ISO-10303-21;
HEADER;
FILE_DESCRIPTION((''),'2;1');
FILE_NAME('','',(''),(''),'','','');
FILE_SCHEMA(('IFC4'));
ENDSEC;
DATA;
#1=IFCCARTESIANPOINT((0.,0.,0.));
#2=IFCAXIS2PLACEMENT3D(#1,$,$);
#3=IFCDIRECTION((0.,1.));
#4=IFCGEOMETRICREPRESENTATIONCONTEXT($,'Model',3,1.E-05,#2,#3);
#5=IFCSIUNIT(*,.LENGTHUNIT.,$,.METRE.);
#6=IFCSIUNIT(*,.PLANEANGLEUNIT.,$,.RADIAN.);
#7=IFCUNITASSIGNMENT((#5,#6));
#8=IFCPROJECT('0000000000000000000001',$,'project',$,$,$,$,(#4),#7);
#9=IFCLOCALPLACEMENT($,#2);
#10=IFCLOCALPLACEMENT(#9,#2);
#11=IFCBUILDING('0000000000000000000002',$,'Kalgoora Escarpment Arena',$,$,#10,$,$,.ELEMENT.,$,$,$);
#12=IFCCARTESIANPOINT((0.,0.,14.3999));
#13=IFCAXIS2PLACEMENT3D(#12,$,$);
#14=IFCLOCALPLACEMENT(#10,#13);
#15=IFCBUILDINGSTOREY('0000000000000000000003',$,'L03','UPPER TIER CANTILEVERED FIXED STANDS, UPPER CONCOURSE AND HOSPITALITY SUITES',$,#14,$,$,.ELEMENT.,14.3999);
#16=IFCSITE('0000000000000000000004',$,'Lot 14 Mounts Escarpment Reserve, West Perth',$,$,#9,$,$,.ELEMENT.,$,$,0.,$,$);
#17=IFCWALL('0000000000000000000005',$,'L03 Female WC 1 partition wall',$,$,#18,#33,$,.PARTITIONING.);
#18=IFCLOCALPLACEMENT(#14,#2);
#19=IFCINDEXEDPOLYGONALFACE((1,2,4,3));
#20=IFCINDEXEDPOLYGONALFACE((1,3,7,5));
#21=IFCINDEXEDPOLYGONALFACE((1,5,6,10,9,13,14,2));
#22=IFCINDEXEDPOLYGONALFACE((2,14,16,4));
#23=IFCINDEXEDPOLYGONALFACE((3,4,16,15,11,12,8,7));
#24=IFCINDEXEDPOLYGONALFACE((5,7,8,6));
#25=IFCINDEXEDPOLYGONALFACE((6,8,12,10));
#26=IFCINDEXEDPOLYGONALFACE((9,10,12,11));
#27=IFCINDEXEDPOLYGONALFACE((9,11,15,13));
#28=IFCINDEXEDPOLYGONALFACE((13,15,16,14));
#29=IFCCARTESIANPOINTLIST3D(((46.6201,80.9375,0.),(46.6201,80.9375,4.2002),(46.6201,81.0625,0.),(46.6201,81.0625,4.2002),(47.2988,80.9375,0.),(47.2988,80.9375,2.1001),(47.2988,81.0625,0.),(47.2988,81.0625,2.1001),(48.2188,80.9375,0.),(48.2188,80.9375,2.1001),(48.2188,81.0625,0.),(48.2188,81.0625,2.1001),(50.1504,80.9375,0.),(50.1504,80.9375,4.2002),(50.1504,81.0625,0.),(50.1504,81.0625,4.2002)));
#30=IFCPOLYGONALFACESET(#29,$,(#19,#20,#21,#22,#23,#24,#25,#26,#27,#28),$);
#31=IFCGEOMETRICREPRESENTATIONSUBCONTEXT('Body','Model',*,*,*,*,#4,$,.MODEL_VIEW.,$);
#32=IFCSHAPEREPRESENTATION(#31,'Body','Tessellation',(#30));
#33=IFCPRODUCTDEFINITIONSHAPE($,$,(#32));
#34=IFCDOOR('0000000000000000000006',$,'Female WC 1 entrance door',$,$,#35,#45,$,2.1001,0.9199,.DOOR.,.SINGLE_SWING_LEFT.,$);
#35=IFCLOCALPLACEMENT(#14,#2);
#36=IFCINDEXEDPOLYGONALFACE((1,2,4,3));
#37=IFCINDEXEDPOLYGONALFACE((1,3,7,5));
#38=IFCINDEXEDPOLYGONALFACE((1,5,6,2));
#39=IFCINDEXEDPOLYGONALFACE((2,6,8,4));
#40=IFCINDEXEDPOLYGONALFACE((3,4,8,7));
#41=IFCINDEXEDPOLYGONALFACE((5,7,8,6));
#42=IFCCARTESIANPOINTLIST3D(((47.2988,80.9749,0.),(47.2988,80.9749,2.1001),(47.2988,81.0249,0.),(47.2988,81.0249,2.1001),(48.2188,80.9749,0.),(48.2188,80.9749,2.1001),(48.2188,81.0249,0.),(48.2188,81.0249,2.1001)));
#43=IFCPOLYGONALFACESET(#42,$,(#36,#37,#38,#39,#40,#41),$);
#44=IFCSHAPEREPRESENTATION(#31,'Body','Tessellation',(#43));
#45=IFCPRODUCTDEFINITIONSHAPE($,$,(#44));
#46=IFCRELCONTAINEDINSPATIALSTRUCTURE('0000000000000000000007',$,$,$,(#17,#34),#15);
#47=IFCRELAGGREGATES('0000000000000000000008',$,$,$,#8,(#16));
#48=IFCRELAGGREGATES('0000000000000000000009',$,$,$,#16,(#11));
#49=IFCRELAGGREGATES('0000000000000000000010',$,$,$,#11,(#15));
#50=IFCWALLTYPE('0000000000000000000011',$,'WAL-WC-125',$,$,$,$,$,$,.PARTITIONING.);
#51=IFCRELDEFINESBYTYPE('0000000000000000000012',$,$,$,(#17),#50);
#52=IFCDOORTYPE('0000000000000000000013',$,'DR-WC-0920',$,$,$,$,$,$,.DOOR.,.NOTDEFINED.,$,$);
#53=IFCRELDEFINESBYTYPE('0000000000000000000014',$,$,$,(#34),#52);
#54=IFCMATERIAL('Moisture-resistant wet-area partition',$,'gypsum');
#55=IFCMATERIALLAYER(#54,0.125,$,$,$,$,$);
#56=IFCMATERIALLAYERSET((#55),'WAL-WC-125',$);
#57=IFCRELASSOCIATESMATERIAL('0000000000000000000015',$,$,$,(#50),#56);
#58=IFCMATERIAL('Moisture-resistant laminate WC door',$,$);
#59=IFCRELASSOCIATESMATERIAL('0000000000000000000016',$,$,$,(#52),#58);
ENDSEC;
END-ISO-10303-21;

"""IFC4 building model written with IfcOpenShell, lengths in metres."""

from ifc_helpers import new_model, si_unit, direction, frame, frame_2d, origin, place, context, subcontext, project, spatial, rectangle, extrude, material, layer, layer_set, type_object, element, fill, save


model = new_model("IFC4")

# Units and contexts
model_context = context("Model", 3, precision=1e-05, world=origin(), true_north=direction((0.0, 1.0)))
body_context = subcontext(model_context, "Body", "Model", "MODEL_VIEW")
ifc_project = project(units=[si_unit("LENGTHUNIT", "METRE"), si_unit("PLANEANGLEUNIT", "RADIAN")], contexts=[model_context])

# Site, building, storey
site_placement = place(None, origin())
site = spatial("IfcSite", under=ifc_project, at=site_placement, Name="Lot 14 Mounts Escarpment Reserve, West Perth", CompositionType="ELEMENT", RefElevation=0.0)
building_placement = place(site_placement, origin())
building = spatial("IfcBuilding", under=site, at=building_placement, Name="Kalgoora Escarpment Arena", CompositionType="ELEMENT")
storey_placement = place(building_placement, frame((0.0, 0.0, 14.3999)))
storey = spatial("IfcBuildingStorey", under=building, at=storey_placement, Name="L03", Description="UPPER TIER CANTILEVERED FIXED STANDS, UPPER CONCOURSE AND HOSPITALITY SUITES", CompositionType="ELEMENT", Elevation=14.3999)

# Shared definitions
ifc_material_1 = material(Name="Moisture-resistant wet-area partition", Category="gypsum")
ifc_layer_1 = layer(ifc_material_1, 0.125)
ifc_layer_set_1 = layer_set([ifc_layer_1], Name="WAL-WC-125")
wall_type_1 = type_object("IfcWallType", Name="WAL-WC-125", PredefinedType="PARTITIONING", material=ifc_layer_set_1)

# Wall, opening, door
wall_1_placement = place(storey_placement, frame((46.6201, 81.0, 0.0), z_axis=(0.0, 0.0, 1.0), x_axis=(1.0, 0.0, 0.0)))
wall_1 = element("IfcWall", 1, at=wall_1_placement, inside=storey, type_object=wall_type_1, Name="L03 Female WC 1 partition wall", PredefinedType="PARTITIONING", context=body_context, shape_type="SweptSolid", body=[
    extrude(rectangle(XDim=3.5303, YDim=0.125, at=frame_2d((1.7651, 0.0))), origin(), (0.0, 0.0, 1.0), 4.2002),
])
opening_1_placement = place(wall_1_placement, frame((0.6787, 0.0, 0.0)))
opening_1 = element("IfcOpeningElement", 2, at=opening_1_placement, cuts=wall_1, PredefinedType="OPENING", context=body_context, shape_type="SweptSolid", body=[
    extrude(rectangle(XDim=0.9199, YDim=2.1001, at=frame_2d((0.46, 1.05))), frame((0.0, 0.0725, 0.0), z_axis=(0.0, -1.0, 0.0), x_axis=(1.0, 0.0, 0.0)), (0.0, 0.0, 1.0), 0.145),
])
ifc_material_2 = material(Name="Moisture-resistant laminate WC door")
door_type_1 = type_object("IfcDoorType", Name="DR-WC-0920", OperationType="NOTDEFINED", PredefinedType="DOOR", material=ifc_material_2)
door_1_placement = place(opening_1_placement, origin())
door_1 = element("IfcDoor", 3, at=door_1_placement, inside=storey, type_object=door_type_1, Name="Female WC 1 entrance door", OperationType="SINGLE_SWING_LEFT", OverallHeight=2.1001, OverallWidth=0.9199, PredefinedType="DOOR", context=body_context, shape_type="SweptSolid", body=[
    extrude(rectangle(XDim=0.9199, YDim=2.1001, at=frame_2d((0.46, 1.05))), frame((0.0, 0.0249, 0.0), z_axis=(0.0, -1.0, 0.0), x_axis=(1.0, 0.0, 0.0)), (0.0, 0.0, 1.0), 0.05),
])
fill(opening_1, door_1)

save(model, "model.ifc")
